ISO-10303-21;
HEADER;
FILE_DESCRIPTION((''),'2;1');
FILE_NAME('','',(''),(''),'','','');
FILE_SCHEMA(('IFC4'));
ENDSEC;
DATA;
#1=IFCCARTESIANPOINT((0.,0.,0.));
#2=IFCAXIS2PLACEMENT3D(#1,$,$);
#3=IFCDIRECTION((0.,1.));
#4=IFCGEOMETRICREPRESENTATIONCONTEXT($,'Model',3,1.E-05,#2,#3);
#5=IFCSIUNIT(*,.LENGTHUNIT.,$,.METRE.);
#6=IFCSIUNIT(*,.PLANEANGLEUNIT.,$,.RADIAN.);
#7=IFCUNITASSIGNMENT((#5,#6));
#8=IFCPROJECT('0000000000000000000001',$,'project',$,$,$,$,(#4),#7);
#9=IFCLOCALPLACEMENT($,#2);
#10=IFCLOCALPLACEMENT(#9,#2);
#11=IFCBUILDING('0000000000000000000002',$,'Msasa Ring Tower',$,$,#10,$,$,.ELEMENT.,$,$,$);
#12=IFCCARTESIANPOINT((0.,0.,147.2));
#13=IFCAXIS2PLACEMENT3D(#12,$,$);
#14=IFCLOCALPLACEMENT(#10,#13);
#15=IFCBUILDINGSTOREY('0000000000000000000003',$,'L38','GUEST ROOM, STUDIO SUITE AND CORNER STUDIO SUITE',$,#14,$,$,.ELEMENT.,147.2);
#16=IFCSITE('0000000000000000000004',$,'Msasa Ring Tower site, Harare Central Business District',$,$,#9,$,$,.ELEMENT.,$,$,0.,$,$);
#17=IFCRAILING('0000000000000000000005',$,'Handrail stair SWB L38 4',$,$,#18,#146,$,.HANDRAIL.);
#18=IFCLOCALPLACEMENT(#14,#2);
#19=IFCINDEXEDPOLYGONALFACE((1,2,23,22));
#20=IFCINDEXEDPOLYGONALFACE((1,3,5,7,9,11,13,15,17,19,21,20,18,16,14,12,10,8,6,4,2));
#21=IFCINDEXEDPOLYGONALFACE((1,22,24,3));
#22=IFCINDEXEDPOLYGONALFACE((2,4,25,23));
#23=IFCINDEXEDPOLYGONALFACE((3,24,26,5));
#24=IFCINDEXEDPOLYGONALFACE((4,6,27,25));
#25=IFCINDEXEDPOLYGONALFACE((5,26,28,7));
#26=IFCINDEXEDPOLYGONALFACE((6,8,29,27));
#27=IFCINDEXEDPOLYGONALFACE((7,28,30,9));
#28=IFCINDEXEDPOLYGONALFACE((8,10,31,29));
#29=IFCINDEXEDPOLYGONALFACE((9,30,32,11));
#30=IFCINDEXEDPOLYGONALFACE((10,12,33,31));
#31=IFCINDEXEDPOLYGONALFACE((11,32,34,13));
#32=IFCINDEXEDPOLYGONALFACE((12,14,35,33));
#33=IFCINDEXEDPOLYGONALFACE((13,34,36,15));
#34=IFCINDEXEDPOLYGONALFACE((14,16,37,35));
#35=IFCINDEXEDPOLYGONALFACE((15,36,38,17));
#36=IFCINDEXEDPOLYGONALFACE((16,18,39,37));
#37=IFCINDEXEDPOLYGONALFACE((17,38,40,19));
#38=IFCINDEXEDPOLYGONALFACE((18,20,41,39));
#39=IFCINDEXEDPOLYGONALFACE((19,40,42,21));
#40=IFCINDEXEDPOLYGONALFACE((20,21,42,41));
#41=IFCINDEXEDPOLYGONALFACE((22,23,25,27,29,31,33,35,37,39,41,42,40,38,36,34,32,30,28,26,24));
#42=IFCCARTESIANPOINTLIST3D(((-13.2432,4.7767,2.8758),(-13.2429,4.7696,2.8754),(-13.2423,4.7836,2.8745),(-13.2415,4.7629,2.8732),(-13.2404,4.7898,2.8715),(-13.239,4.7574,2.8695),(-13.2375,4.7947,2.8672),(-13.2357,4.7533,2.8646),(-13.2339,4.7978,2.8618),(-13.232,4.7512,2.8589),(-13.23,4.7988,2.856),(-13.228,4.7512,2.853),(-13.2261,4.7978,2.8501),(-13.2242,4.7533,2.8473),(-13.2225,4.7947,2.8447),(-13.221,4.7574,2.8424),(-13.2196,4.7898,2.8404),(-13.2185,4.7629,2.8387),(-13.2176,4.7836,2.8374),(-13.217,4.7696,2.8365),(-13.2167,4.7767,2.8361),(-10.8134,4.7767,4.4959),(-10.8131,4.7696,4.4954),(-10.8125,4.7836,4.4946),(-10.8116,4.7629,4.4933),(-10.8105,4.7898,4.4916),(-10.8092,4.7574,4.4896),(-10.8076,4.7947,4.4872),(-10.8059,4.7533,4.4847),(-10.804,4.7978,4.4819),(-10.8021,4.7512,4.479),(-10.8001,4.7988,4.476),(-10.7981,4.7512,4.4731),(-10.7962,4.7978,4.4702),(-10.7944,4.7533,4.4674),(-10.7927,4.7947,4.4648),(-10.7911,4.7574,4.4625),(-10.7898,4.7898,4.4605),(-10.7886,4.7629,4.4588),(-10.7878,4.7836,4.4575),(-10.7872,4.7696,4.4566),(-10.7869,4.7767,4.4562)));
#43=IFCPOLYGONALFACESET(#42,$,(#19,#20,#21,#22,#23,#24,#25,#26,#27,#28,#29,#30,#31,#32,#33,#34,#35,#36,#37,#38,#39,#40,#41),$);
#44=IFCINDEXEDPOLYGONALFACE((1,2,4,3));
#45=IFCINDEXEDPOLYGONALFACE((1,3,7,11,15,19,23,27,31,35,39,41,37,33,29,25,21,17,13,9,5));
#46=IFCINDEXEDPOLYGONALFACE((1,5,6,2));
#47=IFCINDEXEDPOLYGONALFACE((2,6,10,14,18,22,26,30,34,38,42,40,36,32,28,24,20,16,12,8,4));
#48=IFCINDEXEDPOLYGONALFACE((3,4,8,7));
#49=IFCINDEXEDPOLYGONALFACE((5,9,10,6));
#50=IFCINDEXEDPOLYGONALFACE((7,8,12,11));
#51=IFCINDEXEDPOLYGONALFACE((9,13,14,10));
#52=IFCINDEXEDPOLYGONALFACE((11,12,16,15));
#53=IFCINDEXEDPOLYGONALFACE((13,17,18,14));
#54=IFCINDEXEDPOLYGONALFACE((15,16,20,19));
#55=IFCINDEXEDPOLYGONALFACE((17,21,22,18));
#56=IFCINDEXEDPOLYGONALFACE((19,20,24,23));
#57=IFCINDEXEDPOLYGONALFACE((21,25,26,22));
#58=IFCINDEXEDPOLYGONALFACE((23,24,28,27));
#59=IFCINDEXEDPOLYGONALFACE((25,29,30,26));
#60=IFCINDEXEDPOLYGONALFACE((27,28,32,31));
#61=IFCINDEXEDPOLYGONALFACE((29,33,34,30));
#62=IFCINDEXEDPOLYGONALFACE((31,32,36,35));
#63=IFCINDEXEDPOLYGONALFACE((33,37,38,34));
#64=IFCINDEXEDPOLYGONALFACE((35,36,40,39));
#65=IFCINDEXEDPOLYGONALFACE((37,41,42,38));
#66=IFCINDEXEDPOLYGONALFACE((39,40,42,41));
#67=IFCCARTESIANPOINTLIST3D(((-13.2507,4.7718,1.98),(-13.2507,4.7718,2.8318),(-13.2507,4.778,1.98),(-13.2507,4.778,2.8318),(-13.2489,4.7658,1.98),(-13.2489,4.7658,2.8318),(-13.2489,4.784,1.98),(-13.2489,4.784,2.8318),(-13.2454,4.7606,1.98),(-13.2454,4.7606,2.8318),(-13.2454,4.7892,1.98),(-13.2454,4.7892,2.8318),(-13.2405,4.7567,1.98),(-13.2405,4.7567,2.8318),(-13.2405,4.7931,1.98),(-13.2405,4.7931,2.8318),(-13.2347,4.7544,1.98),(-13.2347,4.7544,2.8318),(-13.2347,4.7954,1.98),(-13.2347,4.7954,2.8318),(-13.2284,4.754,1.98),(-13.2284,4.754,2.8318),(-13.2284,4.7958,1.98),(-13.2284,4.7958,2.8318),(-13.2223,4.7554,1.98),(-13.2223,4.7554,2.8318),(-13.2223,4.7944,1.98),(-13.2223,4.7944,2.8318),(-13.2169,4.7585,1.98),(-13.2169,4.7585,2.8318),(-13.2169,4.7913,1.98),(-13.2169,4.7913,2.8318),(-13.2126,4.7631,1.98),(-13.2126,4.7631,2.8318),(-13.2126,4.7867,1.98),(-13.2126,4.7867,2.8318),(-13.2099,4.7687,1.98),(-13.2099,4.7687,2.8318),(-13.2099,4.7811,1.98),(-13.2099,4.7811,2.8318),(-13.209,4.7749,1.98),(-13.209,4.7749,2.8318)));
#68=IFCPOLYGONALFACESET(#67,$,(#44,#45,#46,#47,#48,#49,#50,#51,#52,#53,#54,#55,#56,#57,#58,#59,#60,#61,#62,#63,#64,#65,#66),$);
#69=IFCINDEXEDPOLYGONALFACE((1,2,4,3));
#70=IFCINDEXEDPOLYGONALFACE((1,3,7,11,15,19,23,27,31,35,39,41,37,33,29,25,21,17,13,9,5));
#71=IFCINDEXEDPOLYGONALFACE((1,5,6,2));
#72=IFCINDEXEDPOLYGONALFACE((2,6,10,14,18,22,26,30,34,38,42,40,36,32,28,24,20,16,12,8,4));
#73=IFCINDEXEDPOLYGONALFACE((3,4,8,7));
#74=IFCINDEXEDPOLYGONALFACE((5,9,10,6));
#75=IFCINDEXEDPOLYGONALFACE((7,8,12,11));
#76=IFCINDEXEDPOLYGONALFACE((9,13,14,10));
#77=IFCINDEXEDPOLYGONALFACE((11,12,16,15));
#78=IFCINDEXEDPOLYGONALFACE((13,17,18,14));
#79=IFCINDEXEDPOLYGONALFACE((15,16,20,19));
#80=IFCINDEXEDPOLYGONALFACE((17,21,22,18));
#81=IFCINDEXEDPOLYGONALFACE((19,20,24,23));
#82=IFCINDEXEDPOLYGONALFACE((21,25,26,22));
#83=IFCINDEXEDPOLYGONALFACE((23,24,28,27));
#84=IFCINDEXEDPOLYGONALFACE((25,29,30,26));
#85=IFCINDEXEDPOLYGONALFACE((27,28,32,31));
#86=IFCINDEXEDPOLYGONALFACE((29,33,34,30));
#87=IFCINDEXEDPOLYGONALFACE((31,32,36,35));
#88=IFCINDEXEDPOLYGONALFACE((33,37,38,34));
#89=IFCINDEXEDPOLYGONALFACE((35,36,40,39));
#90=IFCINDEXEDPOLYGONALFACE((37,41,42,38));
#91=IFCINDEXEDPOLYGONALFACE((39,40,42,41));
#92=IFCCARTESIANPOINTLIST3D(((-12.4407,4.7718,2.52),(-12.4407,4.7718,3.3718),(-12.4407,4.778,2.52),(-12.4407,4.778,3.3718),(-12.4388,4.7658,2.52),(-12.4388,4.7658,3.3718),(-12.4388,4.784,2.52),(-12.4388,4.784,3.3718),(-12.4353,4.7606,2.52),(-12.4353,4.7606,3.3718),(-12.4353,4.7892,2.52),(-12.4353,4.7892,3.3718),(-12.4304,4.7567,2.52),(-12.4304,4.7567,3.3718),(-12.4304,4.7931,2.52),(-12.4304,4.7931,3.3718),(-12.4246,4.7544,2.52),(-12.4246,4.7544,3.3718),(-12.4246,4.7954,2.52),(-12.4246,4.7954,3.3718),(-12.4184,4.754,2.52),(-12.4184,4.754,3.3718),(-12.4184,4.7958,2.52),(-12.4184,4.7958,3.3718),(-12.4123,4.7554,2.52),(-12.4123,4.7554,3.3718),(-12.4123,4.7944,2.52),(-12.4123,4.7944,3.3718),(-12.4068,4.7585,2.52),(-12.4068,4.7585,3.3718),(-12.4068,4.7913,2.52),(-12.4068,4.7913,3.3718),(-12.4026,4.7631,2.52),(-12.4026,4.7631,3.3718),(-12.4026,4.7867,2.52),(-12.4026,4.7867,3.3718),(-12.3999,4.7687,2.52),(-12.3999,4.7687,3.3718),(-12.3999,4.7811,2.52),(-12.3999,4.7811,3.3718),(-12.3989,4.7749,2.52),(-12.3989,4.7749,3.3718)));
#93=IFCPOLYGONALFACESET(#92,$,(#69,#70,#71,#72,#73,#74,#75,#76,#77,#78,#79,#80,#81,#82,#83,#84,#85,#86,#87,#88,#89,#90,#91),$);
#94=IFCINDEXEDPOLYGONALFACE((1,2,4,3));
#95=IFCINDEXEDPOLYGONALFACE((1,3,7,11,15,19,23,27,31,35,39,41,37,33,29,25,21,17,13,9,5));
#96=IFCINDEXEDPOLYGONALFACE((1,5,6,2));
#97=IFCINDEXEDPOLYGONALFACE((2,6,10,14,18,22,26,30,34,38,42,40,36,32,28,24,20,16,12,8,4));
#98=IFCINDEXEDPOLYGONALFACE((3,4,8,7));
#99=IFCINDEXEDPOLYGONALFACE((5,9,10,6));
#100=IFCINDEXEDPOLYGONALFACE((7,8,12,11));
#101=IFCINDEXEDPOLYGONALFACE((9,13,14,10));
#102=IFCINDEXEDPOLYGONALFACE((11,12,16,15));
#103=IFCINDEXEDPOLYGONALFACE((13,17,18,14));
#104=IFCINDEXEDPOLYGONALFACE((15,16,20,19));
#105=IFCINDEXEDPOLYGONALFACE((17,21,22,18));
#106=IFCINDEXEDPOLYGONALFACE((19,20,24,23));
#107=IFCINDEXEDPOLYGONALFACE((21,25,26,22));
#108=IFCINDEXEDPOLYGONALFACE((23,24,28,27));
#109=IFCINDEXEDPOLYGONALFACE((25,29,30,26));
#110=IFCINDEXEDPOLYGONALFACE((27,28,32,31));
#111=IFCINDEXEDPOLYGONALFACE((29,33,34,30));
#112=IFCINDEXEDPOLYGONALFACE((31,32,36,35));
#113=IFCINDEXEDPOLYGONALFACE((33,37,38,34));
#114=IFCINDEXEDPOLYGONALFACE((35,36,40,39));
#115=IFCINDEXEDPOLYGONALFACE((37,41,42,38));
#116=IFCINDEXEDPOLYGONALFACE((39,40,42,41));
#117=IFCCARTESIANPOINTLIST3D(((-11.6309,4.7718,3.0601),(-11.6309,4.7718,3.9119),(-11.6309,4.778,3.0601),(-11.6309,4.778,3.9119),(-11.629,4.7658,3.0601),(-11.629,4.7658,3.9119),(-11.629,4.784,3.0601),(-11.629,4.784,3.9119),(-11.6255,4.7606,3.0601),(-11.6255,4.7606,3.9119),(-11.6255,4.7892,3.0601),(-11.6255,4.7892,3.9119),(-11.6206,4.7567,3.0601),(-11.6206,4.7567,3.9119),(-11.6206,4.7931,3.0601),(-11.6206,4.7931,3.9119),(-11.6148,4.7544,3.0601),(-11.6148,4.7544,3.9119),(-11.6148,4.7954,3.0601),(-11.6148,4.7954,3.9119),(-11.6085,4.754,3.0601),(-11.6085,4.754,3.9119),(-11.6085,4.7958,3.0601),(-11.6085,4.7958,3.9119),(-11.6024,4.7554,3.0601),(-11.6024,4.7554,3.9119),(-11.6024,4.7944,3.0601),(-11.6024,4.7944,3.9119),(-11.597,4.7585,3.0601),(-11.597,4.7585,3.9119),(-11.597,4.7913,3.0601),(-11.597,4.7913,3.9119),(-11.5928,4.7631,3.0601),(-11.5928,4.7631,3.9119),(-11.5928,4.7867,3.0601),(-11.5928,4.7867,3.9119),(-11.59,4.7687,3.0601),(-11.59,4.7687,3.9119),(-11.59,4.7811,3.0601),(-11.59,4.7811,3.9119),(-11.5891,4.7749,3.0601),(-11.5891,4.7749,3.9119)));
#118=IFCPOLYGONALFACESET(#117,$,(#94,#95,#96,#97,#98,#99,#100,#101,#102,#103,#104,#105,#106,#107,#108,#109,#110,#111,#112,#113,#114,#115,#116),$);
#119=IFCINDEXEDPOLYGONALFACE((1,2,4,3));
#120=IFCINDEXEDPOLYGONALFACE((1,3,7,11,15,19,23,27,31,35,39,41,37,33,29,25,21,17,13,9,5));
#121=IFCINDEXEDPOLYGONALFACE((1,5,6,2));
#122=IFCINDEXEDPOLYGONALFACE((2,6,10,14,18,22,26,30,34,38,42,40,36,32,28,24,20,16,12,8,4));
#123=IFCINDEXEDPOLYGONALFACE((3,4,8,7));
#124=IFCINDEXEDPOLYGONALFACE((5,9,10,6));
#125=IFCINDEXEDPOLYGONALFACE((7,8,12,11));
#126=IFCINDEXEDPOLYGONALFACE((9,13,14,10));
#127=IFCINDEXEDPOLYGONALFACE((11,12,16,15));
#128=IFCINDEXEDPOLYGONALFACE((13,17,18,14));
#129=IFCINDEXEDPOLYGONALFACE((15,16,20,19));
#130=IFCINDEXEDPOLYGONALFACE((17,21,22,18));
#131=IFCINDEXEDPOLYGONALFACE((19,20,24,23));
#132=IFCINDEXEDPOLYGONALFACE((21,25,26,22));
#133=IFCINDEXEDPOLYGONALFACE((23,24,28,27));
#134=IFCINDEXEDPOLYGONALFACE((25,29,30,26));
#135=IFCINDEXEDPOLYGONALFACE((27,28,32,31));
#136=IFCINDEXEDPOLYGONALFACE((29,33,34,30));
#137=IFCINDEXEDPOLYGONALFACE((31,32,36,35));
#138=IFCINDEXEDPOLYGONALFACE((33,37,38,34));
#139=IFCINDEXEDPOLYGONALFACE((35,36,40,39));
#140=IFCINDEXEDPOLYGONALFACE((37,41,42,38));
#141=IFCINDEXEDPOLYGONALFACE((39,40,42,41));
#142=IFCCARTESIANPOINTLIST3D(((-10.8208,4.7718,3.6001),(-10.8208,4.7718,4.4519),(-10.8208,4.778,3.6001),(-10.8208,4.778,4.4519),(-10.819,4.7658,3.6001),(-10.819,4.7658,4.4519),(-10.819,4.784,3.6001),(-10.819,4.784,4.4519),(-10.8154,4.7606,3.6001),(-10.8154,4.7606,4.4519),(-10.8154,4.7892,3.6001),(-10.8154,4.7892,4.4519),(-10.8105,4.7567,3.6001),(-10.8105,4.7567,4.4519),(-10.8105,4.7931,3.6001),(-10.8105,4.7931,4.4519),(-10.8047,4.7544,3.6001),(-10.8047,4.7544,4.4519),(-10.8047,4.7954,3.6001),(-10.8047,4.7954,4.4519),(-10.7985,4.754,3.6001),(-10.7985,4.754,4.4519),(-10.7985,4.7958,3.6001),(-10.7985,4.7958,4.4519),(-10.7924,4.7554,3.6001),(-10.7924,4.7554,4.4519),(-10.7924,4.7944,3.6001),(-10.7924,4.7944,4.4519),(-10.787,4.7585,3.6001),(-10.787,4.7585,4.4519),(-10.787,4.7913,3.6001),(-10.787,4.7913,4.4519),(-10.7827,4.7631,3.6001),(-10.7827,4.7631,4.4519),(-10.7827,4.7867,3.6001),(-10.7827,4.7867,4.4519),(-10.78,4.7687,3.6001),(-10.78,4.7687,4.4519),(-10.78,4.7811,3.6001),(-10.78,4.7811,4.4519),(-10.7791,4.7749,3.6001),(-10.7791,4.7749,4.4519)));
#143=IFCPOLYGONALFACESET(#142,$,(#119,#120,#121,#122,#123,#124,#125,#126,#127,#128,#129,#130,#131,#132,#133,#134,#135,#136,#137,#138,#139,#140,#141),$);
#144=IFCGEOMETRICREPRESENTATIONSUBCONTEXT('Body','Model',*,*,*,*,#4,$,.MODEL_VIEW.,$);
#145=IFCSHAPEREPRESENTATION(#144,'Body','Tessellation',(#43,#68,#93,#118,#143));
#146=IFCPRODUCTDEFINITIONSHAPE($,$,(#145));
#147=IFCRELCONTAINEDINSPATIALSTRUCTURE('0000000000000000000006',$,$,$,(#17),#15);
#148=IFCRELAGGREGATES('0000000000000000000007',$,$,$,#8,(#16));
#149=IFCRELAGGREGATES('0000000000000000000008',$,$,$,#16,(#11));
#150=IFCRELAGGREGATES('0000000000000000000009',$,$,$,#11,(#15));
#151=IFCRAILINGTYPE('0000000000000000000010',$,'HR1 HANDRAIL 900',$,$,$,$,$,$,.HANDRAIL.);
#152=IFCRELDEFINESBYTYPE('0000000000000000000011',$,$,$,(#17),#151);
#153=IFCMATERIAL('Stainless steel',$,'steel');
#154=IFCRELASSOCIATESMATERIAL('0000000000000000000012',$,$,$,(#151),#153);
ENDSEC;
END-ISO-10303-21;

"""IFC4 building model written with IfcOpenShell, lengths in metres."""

from ifc_helpers import new_model, si_unit, direction, frame, origin, origin_2d, place, context, subcontext, project, spatial, circle, extrude, material, type_object, element, save


model = new_model("IFC4")

# Units and contexts
model_context = context("Model", 3, precision=1e-05, world=origin(), true_north=direction((0.0, 1.0)))
body_context = subcontext(model_context, "Body", "Model", "MODEL_VIEW")
ifc_project = project(units=[si_unit("LENGTHUNIT", "METRE"), si_unit("PLANEANGLEUNIT", "RADIAN")], contexts=[model_context])

# Site, building, storey
site_placement = place(None, origin())
site = spatial("IfcSite", under=ifc_project, at=site_placement, Name="Msasa Ring Tower site, Harare Central Business District", CompositionType="ELEMENT", RefElevation=0.0)
building_placement = place(site_placement, origin())
building = spatial("IfcBuilding", under=site, at=building_placement, Name="Msasa Ring Tower", CompositionType="ELEMENT")
storey_placement = place(building_placement, frame((0.0, 0.0, 147.2)))
storey = spatial("IfcBuildingStorey", under=building, at=storey_placement, Name="L38", Description="GUEST ROOM, STUDIO SUITE AND CORNER STUDIO SUITE", CompositionType="ELEMENT", Elevation=147.2)

# Railing
ifc_material_1 = material(Name="Stainless steel", Category="steel")
railing_type = type_object("IfcRailingType", Name="HR1 HANDRAIL 900", PredefinedType="HANDRAIL", material=ifc_material_1)
railing_placement = place(storey_placement, frame((-13.23, 4.7749, 1.98)))
element("IfcRailing", 1, at=railing_placement, inside=storey, type_object=railing_type, Name="Handrail stair SWB L38 4", PredefinedType="HANDRAIL", context=body_context, shape_type="SweptSolid", body=[
    extrude(circle(Radius=0.0239, at=origin_2d()), frame((0.0, 0.0, 0.876), z_axis=(0.832025, 0.0, 0.554739), x_axis=(0.0, 1.0, 0.0)), (0.0, 0.0, 1.0), 2.9204),
    extrude(circle(Radius=0.021, at=origin_2d()), origin(), (0.0, 0.0, 1.0), 0.8518),
    extrude(circle(Radius=0.021, at=origin_2d()), frame((0.8101, 0.0, 0.54)), (0.0, 0.0, 1.0), 0.8518),
    extrude(circle(Radius=0.021, at=origin_2d()), frame((1.6199, 0.0, 1.0801)), (0.0, 0.0, 1.0), 0.8518),
    extrude(circle(Radius=0.021, at=origin_2d()), frame((2.4299, 0.0, 1.6201)), (0.0, 0.0, 1.0), 0.8518),
])

save(model, "model.ifc")
